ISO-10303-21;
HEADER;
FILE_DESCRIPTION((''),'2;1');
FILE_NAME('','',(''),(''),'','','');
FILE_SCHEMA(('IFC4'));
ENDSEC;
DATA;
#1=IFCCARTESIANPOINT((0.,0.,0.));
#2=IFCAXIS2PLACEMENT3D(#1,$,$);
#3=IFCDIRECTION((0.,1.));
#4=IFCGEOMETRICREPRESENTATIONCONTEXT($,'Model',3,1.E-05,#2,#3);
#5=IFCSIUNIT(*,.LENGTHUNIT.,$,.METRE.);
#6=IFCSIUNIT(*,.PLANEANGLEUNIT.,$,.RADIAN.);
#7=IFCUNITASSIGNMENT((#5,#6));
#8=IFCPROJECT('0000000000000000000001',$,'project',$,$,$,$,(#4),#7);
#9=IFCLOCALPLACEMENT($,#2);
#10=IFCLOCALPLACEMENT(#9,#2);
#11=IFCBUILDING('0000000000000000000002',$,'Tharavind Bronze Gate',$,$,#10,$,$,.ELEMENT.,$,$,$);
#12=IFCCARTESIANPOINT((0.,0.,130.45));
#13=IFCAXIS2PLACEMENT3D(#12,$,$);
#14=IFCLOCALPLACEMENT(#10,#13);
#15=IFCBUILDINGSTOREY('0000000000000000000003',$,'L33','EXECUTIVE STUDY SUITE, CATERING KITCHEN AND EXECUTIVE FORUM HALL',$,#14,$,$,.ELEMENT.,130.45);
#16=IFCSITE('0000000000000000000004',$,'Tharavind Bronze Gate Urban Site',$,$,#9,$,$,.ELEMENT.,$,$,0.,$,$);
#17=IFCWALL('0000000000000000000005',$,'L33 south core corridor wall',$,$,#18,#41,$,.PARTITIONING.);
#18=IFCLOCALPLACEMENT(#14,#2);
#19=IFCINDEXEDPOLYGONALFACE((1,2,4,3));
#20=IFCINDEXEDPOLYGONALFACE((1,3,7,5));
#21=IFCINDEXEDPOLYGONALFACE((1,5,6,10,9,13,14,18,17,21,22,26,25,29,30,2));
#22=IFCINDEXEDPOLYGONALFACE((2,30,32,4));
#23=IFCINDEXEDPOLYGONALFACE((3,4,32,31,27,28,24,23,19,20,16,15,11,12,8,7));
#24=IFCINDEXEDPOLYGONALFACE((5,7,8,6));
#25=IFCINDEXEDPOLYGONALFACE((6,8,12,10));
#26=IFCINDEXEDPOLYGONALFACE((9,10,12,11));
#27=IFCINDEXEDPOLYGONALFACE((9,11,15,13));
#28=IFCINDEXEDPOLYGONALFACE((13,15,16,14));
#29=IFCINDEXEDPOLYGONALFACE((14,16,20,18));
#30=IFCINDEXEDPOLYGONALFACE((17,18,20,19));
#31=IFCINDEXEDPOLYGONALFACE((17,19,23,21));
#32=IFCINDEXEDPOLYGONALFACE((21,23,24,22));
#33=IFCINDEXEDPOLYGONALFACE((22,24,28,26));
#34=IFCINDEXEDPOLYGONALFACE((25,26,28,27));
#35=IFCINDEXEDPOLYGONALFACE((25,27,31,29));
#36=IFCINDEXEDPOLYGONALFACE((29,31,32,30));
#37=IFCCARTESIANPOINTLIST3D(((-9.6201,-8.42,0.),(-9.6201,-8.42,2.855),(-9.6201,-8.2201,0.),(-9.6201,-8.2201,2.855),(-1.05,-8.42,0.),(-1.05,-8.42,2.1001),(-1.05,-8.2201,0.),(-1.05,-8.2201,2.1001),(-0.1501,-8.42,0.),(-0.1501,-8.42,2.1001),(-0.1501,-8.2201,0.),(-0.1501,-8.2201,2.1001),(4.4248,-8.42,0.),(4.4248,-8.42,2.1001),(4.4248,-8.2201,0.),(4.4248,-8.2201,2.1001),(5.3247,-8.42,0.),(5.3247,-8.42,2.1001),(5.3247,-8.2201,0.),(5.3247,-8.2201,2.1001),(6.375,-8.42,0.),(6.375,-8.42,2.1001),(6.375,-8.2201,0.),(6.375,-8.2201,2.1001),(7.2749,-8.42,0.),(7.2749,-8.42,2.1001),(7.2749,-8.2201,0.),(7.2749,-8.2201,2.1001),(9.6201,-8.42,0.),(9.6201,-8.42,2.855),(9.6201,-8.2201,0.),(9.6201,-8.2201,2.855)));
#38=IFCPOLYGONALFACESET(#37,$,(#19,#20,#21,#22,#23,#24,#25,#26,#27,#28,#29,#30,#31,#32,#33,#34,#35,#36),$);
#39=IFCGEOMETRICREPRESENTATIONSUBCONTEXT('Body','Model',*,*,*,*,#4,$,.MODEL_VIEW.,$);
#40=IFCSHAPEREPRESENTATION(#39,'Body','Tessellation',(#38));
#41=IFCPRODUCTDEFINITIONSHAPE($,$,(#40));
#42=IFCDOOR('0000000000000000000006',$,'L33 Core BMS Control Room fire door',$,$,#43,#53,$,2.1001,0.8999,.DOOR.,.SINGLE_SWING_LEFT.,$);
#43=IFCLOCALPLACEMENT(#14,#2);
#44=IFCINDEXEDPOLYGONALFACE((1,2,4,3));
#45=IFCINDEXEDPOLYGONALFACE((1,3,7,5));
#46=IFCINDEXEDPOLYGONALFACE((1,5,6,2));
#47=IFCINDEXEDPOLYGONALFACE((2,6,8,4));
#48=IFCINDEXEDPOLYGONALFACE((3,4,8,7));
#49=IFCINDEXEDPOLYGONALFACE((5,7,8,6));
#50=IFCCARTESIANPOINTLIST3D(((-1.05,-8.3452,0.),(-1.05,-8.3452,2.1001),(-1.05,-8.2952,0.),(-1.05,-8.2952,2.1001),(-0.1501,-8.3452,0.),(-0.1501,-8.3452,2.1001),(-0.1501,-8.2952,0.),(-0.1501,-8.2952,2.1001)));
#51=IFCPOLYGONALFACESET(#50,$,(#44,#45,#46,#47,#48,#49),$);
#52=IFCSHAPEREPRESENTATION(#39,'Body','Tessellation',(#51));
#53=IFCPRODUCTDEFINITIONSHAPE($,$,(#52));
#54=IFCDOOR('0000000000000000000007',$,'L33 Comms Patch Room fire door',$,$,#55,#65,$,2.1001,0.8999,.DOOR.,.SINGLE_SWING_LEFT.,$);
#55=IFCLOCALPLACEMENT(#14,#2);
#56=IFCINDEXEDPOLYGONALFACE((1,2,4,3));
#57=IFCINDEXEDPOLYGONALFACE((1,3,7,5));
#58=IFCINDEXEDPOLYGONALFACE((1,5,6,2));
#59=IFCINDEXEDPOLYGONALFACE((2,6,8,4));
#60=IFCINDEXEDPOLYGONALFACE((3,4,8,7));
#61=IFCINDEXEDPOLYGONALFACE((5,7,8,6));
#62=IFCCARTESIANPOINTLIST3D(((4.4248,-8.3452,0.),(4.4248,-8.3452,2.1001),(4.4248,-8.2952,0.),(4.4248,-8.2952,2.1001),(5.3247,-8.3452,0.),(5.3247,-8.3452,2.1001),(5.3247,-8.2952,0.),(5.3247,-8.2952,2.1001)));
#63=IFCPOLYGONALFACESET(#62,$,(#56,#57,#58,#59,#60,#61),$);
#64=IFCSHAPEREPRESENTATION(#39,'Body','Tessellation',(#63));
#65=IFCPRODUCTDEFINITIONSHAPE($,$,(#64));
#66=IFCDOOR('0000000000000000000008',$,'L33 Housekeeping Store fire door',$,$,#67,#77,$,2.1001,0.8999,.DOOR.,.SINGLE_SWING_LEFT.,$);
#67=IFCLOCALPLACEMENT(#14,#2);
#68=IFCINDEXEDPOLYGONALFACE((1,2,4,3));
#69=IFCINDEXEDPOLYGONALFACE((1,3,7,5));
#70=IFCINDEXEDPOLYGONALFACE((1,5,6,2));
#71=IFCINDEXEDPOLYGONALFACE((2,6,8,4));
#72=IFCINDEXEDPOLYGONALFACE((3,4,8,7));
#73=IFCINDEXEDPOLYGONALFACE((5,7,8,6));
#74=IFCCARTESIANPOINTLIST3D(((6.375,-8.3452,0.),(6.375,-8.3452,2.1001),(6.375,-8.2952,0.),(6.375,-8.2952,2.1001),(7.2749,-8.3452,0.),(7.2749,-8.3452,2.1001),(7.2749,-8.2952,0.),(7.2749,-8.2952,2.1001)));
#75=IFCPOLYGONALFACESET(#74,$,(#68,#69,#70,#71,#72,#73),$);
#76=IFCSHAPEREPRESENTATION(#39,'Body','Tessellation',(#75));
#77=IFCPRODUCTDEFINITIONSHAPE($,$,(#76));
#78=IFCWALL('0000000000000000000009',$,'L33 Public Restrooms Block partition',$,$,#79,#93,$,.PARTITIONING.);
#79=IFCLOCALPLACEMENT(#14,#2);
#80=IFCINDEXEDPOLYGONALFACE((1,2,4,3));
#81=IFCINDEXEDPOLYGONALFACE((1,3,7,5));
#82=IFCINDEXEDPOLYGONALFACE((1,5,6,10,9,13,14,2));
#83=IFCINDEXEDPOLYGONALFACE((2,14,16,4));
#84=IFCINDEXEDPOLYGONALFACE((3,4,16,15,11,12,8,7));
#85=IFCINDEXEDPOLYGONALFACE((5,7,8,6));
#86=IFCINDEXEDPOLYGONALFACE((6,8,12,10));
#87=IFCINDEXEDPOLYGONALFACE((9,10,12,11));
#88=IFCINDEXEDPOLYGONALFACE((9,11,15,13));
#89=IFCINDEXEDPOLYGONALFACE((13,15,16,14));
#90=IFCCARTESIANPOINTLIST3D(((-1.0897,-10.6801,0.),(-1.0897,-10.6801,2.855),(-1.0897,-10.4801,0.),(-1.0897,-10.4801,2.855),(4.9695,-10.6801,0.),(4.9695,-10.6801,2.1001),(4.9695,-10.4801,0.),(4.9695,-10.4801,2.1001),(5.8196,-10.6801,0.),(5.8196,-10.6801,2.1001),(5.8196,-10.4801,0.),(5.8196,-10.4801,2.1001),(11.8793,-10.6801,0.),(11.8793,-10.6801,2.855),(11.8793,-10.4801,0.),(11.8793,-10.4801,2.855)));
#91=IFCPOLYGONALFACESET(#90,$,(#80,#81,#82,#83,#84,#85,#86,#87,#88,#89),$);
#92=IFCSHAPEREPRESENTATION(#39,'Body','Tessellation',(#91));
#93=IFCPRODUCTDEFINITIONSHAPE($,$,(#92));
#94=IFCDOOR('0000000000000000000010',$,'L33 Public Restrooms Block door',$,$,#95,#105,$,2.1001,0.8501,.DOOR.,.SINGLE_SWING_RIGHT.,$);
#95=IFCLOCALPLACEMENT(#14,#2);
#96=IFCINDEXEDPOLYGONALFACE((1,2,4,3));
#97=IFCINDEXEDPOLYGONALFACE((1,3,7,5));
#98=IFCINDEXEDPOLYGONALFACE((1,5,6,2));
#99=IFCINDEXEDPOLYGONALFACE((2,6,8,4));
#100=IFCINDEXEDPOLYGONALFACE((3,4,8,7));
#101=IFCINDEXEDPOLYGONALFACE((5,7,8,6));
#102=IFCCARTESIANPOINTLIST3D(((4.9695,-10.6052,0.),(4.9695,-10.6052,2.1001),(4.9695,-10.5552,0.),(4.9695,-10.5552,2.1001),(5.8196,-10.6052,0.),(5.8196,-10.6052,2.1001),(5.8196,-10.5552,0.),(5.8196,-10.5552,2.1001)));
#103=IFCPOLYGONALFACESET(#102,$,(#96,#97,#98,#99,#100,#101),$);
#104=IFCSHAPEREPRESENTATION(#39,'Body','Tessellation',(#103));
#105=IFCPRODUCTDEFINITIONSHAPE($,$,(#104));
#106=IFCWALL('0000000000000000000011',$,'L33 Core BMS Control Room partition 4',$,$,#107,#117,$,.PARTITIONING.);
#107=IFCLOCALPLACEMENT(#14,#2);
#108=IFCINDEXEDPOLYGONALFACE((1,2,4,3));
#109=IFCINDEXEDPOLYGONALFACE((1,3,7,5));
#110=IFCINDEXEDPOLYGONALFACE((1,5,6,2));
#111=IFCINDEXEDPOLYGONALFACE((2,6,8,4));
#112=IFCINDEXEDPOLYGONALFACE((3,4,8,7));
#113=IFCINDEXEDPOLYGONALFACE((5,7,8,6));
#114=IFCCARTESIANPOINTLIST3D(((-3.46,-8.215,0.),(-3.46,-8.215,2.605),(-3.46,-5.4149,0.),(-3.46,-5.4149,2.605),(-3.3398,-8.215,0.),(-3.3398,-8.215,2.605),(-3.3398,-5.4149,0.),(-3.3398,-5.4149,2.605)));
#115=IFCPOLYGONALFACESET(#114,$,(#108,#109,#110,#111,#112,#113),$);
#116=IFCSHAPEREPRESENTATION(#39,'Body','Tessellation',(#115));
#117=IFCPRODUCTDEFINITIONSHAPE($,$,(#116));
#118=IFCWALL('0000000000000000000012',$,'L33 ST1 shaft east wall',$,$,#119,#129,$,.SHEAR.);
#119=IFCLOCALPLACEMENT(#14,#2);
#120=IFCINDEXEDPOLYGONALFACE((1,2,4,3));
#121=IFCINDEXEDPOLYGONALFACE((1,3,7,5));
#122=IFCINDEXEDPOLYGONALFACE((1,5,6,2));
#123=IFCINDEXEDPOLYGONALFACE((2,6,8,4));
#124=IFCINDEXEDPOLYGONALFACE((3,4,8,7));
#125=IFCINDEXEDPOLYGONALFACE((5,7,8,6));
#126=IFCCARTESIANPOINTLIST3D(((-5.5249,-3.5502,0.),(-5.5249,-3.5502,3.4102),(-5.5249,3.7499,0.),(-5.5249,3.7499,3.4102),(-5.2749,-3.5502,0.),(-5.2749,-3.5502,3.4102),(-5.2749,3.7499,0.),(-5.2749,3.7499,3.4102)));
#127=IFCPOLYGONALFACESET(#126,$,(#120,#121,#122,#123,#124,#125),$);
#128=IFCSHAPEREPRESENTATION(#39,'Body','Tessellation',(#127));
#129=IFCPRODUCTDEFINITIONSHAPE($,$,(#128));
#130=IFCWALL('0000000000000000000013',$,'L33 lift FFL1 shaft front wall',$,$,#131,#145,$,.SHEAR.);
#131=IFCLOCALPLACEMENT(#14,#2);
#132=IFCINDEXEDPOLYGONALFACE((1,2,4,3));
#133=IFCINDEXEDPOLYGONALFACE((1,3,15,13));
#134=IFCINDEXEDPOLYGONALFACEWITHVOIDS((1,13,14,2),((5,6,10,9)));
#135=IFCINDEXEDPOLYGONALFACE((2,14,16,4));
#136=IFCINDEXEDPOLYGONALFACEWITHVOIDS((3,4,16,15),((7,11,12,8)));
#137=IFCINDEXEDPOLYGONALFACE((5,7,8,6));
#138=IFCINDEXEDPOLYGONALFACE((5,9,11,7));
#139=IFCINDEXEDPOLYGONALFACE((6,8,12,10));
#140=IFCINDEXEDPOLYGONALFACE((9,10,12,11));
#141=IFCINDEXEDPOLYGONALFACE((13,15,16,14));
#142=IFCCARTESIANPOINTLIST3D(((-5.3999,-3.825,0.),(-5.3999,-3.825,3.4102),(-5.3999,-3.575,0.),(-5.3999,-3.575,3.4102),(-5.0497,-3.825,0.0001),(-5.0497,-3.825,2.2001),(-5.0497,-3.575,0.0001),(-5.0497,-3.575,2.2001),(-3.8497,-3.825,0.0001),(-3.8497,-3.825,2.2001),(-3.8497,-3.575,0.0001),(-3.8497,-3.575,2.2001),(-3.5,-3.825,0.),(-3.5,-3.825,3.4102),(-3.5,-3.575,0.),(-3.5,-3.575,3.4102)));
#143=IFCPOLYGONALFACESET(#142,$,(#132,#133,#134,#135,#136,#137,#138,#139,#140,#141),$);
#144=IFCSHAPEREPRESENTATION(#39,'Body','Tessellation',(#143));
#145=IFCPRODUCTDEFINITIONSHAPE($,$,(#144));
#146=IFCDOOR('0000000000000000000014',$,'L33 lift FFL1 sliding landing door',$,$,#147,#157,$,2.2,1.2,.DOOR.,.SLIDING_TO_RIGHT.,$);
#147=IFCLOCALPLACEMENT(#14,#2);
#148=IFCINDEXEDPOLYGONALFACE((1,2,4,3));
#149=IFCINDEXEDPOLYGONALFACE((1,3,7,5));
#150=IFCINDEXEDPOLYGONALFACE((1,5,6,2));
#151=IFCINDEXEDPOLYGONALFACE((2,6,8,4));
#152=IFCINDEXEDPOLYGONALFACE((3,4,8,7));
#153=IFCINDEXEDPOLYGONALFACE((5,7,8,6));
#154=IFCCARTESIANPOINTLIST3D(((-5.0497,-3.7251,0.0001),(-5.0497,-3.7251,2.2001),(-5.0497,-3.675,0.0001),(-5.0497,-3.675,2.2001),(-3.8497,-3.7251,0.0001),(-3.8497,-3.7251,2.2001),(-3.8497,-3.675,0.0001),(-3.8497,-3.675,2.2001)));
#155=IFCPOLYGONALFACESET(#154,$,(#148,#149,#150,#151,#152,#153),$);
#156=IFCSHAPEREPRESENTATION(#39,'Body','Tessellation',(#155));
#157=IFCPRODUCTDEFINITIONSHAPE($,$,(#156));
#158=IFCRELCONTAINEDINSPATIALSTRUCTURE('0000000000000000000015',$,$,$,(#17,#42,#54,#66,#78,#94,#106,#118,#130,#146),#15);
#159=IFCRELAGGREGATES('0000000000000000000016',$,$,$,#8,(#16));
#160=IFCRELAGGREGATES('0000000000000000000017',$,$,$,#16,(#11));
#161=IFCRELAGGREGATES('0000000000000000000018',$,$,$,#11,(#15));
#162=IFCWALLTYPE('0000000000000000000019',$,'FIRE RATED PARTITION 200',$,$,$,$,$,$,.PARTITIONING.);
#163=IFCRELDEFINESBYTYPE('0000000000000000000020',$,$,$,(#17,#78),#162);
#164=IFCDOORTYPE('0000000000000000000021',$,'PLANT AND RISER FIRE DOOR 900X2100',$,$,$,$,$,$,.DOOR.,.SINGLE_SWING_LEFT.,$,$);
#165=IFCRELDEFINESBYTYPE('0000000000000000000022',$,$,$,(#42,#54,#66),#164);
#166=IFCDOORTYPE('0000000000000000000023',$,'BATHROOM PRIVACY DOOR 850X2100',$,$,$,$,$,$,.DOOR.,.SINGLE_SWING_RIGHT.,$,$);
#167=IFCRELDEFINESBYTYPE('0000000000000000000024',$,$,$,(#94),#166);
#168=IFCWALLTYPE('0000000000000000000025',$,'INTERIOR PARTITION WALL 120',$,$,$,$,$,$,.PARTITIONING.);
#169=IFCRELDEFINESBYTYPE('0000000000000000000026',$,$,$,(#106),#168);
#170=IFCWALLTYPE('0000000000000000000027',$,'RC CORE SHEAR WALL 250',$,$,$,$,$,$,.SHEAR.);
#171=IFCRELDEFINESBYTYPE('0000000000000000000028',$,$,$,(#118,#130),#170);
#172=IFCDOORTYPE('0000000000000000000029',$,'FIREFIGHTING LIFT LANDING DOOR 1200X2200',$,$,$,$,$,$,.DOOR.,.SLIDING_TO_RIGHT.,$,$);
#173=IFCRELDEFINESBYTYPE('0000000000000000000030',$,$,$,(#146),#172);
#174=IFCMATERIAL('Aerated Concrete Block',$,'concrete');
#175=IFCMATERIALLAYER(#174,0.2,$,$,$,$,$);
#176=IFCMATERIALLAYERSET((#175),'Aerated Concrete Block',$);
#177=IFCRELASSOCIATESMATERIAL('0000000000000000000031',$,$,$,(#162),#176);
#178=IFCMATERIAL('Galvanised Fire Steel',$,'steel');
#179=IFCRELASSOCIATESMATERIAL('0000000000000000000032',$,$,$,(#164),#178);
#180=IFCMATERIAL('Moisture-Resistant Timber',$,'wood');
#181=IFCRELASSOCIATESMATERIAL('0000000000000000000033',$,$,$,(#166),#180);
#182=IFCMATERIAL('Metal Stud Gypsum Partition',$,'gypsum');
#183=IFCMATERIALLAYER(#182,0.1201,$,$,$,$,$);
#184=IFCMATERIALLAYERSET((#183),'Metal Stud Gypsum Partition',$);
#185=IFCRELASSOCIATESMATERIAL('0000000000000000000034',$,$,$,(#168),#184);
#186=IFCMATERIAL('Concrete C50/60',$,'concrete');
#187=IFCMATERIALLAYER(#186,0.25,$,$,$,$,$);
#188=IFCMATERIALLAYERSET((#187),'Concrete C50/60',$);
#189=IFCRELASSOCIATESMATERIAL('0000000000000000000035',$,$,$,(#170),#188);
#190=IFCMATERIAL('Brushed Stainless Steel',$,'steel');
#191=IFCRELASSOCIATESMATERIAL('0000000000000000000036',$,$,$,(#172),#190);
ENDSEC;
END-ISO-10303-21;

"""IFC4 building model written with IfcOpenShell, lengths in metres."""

from ifc_helpers import new_model, si_unit, direction, frame, frame_2d, origin, place, context, subcontext, project, spatial, rectangle, extrude, material, layer, layer_set, type_object, element, fill, save


model = new_model("IFC4")

# Units and contexts
model_context = context("Model", 3, precision=1e-05, world=origin(), true_north=direction((0.0, 1.0)))
body_context = subcontext(model_context, "Body", "Model", "MODEL_VIEW")
ifc_project = project(units=[si_unit("LENGTHUNIT", "METRE"), si_unit("PLANEANGLEUNIT", "RADIAN")], contexts=[model_context])

# Site, building, storey
site_placement = place(None, origin())
site = spatial("IfcSite", under=ifc_project, at=site_placement, Name="Tharavind Bronze Gate Urban Site", CompositionType="ELEMENT", RefElevation=0.0)
building_placement = place(site_placement, origin())
building = spatial("IfcBuilding", under=site, at=building_placement, Name="Tharavind Bronze Gate", CompositionType="ELEMENT")
storey_placement = place(building_placement, frame((0.0, 0.0, 130.45)))
storey = spatial("IfcBuildingStorey", under=building, at=storey_placement, Name="L33", Description="EXECUTIVE STUDY SUITE, CATERING KITCHEN AND EXECUTIVE FORUM HALL", CompositionType="ELEMENT", Elevation=130.45)

# Wall, openings, doors
ifc_material_1 = material(Name="Aerated Concrete Block", Category="concrete")
ifc_layer_1 = layer(ifc_material_1, 0.2)
ifc_layer_set_1 = layer_set([ifc_layer_1], Name="Aerated Concrete Block")
wall_type_1 = type_object("IfcWallType", Name="FIRE RATED PARTITION 200", PredefinedType="PARTITIONING", material=ifc_layer_set_1)
wall_1_placement = place(storey_placement, frame((-9.6201, -8.3201, 0.0), z_axis=(0.0, 0.0, 1.0), x_axis=(1.0, 0.0, 0.0)))
wall_1 = element("IfcWall", 1, at=wall_1_placement, inside=storey, type_object=wall_type_1, Name="L33 south core corridor wall", PredefinedType="PARTITIONING", context=body_context, shape_type="SweptSolid", body=[
    extrude(rectangle(XDim=19.2402, YDim=0.2, at=frame_2d((9.6201, 0.0))), origin(), (0.0, 0.0, 1.0), 2.855),
])
opening_1_placement = place(wall_1_placement, frame((8.5701, 0.0, 0.0)))
opening_1 = element("IfcOpeningElement", 2, at=opening_1_placement, cuts=wall_1, PredefinedType="OPENING", context=body_context, shape_type="SweptSolid", body=[
    extrude(rectangle(XDim=0.8999, YDim=2.1001, at=frame_2d((0.45, 1.05))), frame((0.0, 0.1101, 0.0), z_axis=(0.0, -1.0, 0.0), x_axis=(1.0, 0.0, 0.0)), (0.0, 0.0, 1.0), 0.22),
])
opening_2_placement = place(wall_1_placement, frame((14.0449, 0.0, 0.0)))
opening_2 = element("IfcOpeningElement", 3, at=opening_2_placement, cuts=wall_1, PredefinedType="OPENING", context=body_context, shape_type="SweptSolid", body=[
    extrude(rectangle(XDim=0.8999, YDim=2.1001, at=frame_2d((0.45, 1.05))), frame((0.0, 0.1101, 0.0), z_axis=(0.0, -1.0, 0.0), x_axis=(1.0, 0.0, 0.0)), (0.0, 0.0, 1.0), 0.22),
])
opening_3_placement = place(wall_1_placement, frame((15.9951, 0.0, 0.0)))
opening_3 = element("IfcOpeningElement", 4, at=opening_3_placement, cuts=wall_1, PredefinedType="OPENING", context=body_context, shape_type="SweptSolid", body=[
    extrude(rectangle(XDim=0.8999, YDim=2.1001, at=frame_2d((0.45, 1.05))), frame((0.0, 0.1101, 0.0), z_axis=(0.0, -1.0, 0.0), x_axis=(1.0, 0.0, 0.0)), (0.0, 0.0, 1.0), 0.22),
])
ifc_material_2 = material(Name="Galvanised Fire Steel", Category="steel")
door_type_1 = type_object("IfcDoorType", Name="PLANT AND RISER FIRE DOOR 900X2100", OperationType="SINGLE_SWING_LEFT", PredefinedType="DOOR", material=ifc_material_2)
door_1_placement = place(opening_1_placement, origin())
door_1 = element("IfcDoor", 5, at=door_1_placement, inside=storey, type_object=door_type_1, Name="L33 Core BMS Control Room fire door", OperationType="SINGLE_SWING_LEFT", OverallHeight=2.1001, OverallWidth=0.8999, PredefinedType="DOOR", context=body_context, shape_type="SweptSolid", body=[
    extrude(rectangle(XDim=0.8999, YDim=2.1001, at=frame_2d((0.45, 1.05))), frame((0.0, 0.0249, 0.0), z_axis=(0.0, -1.0, 0.0), x_axis=(1.0, 0.0, 0.0)), (0.0, 0.0, 1.0), 0.05),
])
fill(opening_1, door_1)
door_2_placement = place(opening_2_placement, origin())
door_2 = element("IfcDoor", 6, at=door_2_placement, inside=storey, type_object=door_type_1, Name="L33 Comms Patch Room fire door", OperationType="SINGLE_SWING_LEFT", OverallHeight=2.1001, OverallWidth=0.8999, PredefinedType="DOOR", context=body_context, shape_type="SweptSolid", body=[
    extrude(rectangle(XDim=0.8999, YDim=2.1001, at=frame_2d((0.45, 1.05))), frame((0.0, 0.0249, 0.0), z_axis=(0.0, -1.0, 0.0), x_axis=(1.0, 0.0, 0.0)), (0.0, 0.0, 1.0), 0.05),
])
fill(opening_2, door_2)
door_3_placement = place(opening_3_placement, origin())
door_3 = element("IfcDoor", 7, at=door_3_placement, inside=storey, type_object=door_type_1, Name="L33 Housekeeping Store fire door", OperationType="SINGLE_SWING_LEFT", OverallHeight=2.1001, OverallWidth=0.8999, PredefinedType="DOOR", context=body_context, shape_type="SweptSolid", body=[
    extrude(rectangle(XDim=0.8999, YDim=2.1001, at=frame_2d((0.45, 1.05))), frame((0.0, 0.0249, 0.0), z_axis=(0.0, -1.0, 0.0), x_axis=(1.0, 0.0, 0.0)), (0.0, 0.0, 1.0), 0.05),
])
fill(opening_3, door_3)

# Wall, opening, door
wall_2_placement = place(storey_placement, frame((-1.0896, -10.5801, 0.0), z_axis=(0.0, 0.0, 1.0), x_axis=(1.0, 0.0, 0.0)))
wall_2 = element("IfcWall", 8, at=wall_2_placement, inside=storey, type_object=wall_type_1, Name="L33 Public Restrooms Block partition", PredefinedType="PARTITIONING", context=body_context, shape_type="SweptSolid", body=[
    extrude(rectangle(XDim=12.969, YDim=0.2, at=frame_2d((6.4844, 0.0))), origin(), (0.0, 0.0, 1.0), 2.855),
])
opening_4_placement = place(wall_2_placement, frame((6.0591, 0.0, 0.0)))
opening_4 = element("IfcOpeningElement", 9, at=opening_4_placement, cuts=wall_2, PredefinedType="OPENING", context=body_context, shape_type="SweptSolid", body=[
    extrude(rectangle(XDim=0.8501, YDim=2.1001, at=frame_2d((0.425, 1.05))), frame((0.0, 0.1101, 0.0), z_axis=(0.0, -1.0, 0.0), x_axis=(1.0, 0.0, 0.0)), (0.0, 0.0, 1.0), 0.22),
])
ifc_material_3 = material(Name="Moisture-Resistant Timber", Category="wood")
door_type_2 = type_object("IfcDoorType", Name="BATHROOM PRIVACY DOOR 850X2100", OperationType="SINGLE_SWING_RIGHT", PredefinedType="DOOR", material=ifc_material_3)
door_4_placement = place(opening_4_placement, origin())
door_4 = element("IfcDoor", 10, at=door_4_placement, inside=storey, type_object=door_type_2, Name="L33 Public Restrooms Block door", OperationType="SINGLE_SWING_RIGHT", OverallHeight=2.1001, OverallWidth=0.8501, PredefinedType="DOOR", context=body_context, shape_type="SweptSolid", body=[
    extrude(rectangle(XDim=0.8501, YDim=2.1001, at=frame_2d((0.425, 1.05))), frame((0.0, 0.0249, 0.0), z_axis=(0.0, -1.0, 0.0), x_axis=(1.0, 0.0, 0.0)), (0.0, 0.0, 1.0), 0.05),
])
fill(opening_4, door_4)

# Walls
ifc_material_4 = material(Name="Metal Stud Gypsum Partition", Category="gypsum")
ifc_layer_2 = layer(ifc_material_4, 0.1201)
ifc_layer_set_2 = layer_set([ifc_layer_2], Name="Metal Stud Gypsum Partition")
wall_type_2 = type_object("IfcWallType", Name="INTERIOR PARTITION WALL 120", PredefinedType="PARTITIONING", material=ifc_layer_set_2)
wall_3_placement = place(storey_placement, frame((-3.3999, -5.415, 0.0), z_axis=(0.0, 0.0, 1.0), x_axis=(0.0, -1.0, 0.0)))
element("IfcWall", 11, at=wall_3_placement, inside=storey, type_object=wall_type_2, Name="L33 Core BMS Control Room partition 4", PredefinedType="PARTITIONING", context=body_context, shape_type="SweptSolid", body=[
    extrude(rectangle(XDim=2.8, YDim=0.1201, at=frame_2d((1.3999, 0.0))), origin(), (0.0, 0.0, 1.0), 2.605),
])
ifc_material_5 = material(Name="Concrete C50/60", Category="concrete")
ifc_layer_3 = layer(ifc_material_5, 0.25)
ifc_layer_set_3 = layer_set([ifc_layer_3], Name="Concrete C50/60")
wall_type_3 = type_object("IfcWallType", Name="RC CORE SHEAR WALL 250", PredefinedType="SHEAR", material=ifc_layer_set_3)
wall_4_placement = place(storey_placement, frame((-5.3999, -3.55, 0.0), z_axis=(0.0, 0.0, 1.0), x_axis=(0.0, 1.0, 0.0)))
element("IfcWall", 12, at=wall_4_placement, inside=storey, type_object=wall_type_3, Name="L33 ST1 shaft east wall", PredefinedType="SHEAR", context=body_context, shape_type="SweptSolid", body=[
    extrude(rectangle(XDim=7.3, YDim=0.25, at=frame_2d((3.6499, 0.0))), origin(), (0.0, 0.0, 1.0), 3.4102),
])

# Wall, opening, door
wall_5_placement = place(storey_placement, frame((-5.3999, -3.7, 0.0), z_axis=(0.0, 0.0, 1.0), x_axis=(1.0, 0.0, 0.0)))
wall_5 = element("IfcWall", 13, at=wall_5_placement, inside=storey, type_object=wall_type_3, Name="L33 lift FFL1 shaft front wall", PredefinedType="SHEAR", context=body_context, shape_type="SweptSolid", body=[
    extrude(rectangle(XDim=1.8999, YDim=0.25, at=frame_2d((0.95, 0.0))), origin(), (0.0, 0.0, 1.0), 3.4102),
])
opening_5_placement = place(wall_5_placement, frame((0.3501, 0.0, 0.0)))
opening_5 = element("IfcOpeningElement", 14, at=opening_5_placement, cuts=wall_5, PredefinedType="OPENING", context=body_context, shape_type="SweptSolid", body=[
    extrude(rectangle(XDim=1.2, YDim=2.2, at=frame_2d((0.6001, 1.1001))), frame((0.0, 0.135, 0.0), z_axis=(0.0, -1.0, 0.0), x_axis=(1.0, 0.0, 0.0)), (0.0, 0.0, 1.0), 0.27),
])
ifc_material_6 = material(Name="Brushed Stainless Steel", Category="steel")
door_type_3 = type_object("IfcDoorType", Name="FIREFIGHTING LIFT LANDING DOOR 1200X2200", OperationType="SLIDING_TO_RIGHT", PredefinedType="DOOR", material=ifc_material_6)
door_5_placement = place(opening_5_placement, origin())
door_5 = element("IfcDoor", 15, at=door_5_placement, inside=storey, type_object=door_type_3, Name="L33 lift FFL1 sliding landing door", OperationType="SLIDING_TO_RIGHT", OverallHeight=2.2, OverallWidth=1.2, PredefinedType="DOOR", context=body_context, shape_type="SweptSolid", body=[
    extrude(rectangle(XDim=1.2, YDim=2.2, at=frame_2d((0.6001, 1.1001))), frame((0.0, 0.0249, 0.0), z_axis=(0.0, -1.0, 0.0), x_axis=(1.0, 0.0, 0.0)), (0.0, 0.0, 1.0), 0.05),
])
fill(opening_5, door_5)

save(model, "model.ifc")
